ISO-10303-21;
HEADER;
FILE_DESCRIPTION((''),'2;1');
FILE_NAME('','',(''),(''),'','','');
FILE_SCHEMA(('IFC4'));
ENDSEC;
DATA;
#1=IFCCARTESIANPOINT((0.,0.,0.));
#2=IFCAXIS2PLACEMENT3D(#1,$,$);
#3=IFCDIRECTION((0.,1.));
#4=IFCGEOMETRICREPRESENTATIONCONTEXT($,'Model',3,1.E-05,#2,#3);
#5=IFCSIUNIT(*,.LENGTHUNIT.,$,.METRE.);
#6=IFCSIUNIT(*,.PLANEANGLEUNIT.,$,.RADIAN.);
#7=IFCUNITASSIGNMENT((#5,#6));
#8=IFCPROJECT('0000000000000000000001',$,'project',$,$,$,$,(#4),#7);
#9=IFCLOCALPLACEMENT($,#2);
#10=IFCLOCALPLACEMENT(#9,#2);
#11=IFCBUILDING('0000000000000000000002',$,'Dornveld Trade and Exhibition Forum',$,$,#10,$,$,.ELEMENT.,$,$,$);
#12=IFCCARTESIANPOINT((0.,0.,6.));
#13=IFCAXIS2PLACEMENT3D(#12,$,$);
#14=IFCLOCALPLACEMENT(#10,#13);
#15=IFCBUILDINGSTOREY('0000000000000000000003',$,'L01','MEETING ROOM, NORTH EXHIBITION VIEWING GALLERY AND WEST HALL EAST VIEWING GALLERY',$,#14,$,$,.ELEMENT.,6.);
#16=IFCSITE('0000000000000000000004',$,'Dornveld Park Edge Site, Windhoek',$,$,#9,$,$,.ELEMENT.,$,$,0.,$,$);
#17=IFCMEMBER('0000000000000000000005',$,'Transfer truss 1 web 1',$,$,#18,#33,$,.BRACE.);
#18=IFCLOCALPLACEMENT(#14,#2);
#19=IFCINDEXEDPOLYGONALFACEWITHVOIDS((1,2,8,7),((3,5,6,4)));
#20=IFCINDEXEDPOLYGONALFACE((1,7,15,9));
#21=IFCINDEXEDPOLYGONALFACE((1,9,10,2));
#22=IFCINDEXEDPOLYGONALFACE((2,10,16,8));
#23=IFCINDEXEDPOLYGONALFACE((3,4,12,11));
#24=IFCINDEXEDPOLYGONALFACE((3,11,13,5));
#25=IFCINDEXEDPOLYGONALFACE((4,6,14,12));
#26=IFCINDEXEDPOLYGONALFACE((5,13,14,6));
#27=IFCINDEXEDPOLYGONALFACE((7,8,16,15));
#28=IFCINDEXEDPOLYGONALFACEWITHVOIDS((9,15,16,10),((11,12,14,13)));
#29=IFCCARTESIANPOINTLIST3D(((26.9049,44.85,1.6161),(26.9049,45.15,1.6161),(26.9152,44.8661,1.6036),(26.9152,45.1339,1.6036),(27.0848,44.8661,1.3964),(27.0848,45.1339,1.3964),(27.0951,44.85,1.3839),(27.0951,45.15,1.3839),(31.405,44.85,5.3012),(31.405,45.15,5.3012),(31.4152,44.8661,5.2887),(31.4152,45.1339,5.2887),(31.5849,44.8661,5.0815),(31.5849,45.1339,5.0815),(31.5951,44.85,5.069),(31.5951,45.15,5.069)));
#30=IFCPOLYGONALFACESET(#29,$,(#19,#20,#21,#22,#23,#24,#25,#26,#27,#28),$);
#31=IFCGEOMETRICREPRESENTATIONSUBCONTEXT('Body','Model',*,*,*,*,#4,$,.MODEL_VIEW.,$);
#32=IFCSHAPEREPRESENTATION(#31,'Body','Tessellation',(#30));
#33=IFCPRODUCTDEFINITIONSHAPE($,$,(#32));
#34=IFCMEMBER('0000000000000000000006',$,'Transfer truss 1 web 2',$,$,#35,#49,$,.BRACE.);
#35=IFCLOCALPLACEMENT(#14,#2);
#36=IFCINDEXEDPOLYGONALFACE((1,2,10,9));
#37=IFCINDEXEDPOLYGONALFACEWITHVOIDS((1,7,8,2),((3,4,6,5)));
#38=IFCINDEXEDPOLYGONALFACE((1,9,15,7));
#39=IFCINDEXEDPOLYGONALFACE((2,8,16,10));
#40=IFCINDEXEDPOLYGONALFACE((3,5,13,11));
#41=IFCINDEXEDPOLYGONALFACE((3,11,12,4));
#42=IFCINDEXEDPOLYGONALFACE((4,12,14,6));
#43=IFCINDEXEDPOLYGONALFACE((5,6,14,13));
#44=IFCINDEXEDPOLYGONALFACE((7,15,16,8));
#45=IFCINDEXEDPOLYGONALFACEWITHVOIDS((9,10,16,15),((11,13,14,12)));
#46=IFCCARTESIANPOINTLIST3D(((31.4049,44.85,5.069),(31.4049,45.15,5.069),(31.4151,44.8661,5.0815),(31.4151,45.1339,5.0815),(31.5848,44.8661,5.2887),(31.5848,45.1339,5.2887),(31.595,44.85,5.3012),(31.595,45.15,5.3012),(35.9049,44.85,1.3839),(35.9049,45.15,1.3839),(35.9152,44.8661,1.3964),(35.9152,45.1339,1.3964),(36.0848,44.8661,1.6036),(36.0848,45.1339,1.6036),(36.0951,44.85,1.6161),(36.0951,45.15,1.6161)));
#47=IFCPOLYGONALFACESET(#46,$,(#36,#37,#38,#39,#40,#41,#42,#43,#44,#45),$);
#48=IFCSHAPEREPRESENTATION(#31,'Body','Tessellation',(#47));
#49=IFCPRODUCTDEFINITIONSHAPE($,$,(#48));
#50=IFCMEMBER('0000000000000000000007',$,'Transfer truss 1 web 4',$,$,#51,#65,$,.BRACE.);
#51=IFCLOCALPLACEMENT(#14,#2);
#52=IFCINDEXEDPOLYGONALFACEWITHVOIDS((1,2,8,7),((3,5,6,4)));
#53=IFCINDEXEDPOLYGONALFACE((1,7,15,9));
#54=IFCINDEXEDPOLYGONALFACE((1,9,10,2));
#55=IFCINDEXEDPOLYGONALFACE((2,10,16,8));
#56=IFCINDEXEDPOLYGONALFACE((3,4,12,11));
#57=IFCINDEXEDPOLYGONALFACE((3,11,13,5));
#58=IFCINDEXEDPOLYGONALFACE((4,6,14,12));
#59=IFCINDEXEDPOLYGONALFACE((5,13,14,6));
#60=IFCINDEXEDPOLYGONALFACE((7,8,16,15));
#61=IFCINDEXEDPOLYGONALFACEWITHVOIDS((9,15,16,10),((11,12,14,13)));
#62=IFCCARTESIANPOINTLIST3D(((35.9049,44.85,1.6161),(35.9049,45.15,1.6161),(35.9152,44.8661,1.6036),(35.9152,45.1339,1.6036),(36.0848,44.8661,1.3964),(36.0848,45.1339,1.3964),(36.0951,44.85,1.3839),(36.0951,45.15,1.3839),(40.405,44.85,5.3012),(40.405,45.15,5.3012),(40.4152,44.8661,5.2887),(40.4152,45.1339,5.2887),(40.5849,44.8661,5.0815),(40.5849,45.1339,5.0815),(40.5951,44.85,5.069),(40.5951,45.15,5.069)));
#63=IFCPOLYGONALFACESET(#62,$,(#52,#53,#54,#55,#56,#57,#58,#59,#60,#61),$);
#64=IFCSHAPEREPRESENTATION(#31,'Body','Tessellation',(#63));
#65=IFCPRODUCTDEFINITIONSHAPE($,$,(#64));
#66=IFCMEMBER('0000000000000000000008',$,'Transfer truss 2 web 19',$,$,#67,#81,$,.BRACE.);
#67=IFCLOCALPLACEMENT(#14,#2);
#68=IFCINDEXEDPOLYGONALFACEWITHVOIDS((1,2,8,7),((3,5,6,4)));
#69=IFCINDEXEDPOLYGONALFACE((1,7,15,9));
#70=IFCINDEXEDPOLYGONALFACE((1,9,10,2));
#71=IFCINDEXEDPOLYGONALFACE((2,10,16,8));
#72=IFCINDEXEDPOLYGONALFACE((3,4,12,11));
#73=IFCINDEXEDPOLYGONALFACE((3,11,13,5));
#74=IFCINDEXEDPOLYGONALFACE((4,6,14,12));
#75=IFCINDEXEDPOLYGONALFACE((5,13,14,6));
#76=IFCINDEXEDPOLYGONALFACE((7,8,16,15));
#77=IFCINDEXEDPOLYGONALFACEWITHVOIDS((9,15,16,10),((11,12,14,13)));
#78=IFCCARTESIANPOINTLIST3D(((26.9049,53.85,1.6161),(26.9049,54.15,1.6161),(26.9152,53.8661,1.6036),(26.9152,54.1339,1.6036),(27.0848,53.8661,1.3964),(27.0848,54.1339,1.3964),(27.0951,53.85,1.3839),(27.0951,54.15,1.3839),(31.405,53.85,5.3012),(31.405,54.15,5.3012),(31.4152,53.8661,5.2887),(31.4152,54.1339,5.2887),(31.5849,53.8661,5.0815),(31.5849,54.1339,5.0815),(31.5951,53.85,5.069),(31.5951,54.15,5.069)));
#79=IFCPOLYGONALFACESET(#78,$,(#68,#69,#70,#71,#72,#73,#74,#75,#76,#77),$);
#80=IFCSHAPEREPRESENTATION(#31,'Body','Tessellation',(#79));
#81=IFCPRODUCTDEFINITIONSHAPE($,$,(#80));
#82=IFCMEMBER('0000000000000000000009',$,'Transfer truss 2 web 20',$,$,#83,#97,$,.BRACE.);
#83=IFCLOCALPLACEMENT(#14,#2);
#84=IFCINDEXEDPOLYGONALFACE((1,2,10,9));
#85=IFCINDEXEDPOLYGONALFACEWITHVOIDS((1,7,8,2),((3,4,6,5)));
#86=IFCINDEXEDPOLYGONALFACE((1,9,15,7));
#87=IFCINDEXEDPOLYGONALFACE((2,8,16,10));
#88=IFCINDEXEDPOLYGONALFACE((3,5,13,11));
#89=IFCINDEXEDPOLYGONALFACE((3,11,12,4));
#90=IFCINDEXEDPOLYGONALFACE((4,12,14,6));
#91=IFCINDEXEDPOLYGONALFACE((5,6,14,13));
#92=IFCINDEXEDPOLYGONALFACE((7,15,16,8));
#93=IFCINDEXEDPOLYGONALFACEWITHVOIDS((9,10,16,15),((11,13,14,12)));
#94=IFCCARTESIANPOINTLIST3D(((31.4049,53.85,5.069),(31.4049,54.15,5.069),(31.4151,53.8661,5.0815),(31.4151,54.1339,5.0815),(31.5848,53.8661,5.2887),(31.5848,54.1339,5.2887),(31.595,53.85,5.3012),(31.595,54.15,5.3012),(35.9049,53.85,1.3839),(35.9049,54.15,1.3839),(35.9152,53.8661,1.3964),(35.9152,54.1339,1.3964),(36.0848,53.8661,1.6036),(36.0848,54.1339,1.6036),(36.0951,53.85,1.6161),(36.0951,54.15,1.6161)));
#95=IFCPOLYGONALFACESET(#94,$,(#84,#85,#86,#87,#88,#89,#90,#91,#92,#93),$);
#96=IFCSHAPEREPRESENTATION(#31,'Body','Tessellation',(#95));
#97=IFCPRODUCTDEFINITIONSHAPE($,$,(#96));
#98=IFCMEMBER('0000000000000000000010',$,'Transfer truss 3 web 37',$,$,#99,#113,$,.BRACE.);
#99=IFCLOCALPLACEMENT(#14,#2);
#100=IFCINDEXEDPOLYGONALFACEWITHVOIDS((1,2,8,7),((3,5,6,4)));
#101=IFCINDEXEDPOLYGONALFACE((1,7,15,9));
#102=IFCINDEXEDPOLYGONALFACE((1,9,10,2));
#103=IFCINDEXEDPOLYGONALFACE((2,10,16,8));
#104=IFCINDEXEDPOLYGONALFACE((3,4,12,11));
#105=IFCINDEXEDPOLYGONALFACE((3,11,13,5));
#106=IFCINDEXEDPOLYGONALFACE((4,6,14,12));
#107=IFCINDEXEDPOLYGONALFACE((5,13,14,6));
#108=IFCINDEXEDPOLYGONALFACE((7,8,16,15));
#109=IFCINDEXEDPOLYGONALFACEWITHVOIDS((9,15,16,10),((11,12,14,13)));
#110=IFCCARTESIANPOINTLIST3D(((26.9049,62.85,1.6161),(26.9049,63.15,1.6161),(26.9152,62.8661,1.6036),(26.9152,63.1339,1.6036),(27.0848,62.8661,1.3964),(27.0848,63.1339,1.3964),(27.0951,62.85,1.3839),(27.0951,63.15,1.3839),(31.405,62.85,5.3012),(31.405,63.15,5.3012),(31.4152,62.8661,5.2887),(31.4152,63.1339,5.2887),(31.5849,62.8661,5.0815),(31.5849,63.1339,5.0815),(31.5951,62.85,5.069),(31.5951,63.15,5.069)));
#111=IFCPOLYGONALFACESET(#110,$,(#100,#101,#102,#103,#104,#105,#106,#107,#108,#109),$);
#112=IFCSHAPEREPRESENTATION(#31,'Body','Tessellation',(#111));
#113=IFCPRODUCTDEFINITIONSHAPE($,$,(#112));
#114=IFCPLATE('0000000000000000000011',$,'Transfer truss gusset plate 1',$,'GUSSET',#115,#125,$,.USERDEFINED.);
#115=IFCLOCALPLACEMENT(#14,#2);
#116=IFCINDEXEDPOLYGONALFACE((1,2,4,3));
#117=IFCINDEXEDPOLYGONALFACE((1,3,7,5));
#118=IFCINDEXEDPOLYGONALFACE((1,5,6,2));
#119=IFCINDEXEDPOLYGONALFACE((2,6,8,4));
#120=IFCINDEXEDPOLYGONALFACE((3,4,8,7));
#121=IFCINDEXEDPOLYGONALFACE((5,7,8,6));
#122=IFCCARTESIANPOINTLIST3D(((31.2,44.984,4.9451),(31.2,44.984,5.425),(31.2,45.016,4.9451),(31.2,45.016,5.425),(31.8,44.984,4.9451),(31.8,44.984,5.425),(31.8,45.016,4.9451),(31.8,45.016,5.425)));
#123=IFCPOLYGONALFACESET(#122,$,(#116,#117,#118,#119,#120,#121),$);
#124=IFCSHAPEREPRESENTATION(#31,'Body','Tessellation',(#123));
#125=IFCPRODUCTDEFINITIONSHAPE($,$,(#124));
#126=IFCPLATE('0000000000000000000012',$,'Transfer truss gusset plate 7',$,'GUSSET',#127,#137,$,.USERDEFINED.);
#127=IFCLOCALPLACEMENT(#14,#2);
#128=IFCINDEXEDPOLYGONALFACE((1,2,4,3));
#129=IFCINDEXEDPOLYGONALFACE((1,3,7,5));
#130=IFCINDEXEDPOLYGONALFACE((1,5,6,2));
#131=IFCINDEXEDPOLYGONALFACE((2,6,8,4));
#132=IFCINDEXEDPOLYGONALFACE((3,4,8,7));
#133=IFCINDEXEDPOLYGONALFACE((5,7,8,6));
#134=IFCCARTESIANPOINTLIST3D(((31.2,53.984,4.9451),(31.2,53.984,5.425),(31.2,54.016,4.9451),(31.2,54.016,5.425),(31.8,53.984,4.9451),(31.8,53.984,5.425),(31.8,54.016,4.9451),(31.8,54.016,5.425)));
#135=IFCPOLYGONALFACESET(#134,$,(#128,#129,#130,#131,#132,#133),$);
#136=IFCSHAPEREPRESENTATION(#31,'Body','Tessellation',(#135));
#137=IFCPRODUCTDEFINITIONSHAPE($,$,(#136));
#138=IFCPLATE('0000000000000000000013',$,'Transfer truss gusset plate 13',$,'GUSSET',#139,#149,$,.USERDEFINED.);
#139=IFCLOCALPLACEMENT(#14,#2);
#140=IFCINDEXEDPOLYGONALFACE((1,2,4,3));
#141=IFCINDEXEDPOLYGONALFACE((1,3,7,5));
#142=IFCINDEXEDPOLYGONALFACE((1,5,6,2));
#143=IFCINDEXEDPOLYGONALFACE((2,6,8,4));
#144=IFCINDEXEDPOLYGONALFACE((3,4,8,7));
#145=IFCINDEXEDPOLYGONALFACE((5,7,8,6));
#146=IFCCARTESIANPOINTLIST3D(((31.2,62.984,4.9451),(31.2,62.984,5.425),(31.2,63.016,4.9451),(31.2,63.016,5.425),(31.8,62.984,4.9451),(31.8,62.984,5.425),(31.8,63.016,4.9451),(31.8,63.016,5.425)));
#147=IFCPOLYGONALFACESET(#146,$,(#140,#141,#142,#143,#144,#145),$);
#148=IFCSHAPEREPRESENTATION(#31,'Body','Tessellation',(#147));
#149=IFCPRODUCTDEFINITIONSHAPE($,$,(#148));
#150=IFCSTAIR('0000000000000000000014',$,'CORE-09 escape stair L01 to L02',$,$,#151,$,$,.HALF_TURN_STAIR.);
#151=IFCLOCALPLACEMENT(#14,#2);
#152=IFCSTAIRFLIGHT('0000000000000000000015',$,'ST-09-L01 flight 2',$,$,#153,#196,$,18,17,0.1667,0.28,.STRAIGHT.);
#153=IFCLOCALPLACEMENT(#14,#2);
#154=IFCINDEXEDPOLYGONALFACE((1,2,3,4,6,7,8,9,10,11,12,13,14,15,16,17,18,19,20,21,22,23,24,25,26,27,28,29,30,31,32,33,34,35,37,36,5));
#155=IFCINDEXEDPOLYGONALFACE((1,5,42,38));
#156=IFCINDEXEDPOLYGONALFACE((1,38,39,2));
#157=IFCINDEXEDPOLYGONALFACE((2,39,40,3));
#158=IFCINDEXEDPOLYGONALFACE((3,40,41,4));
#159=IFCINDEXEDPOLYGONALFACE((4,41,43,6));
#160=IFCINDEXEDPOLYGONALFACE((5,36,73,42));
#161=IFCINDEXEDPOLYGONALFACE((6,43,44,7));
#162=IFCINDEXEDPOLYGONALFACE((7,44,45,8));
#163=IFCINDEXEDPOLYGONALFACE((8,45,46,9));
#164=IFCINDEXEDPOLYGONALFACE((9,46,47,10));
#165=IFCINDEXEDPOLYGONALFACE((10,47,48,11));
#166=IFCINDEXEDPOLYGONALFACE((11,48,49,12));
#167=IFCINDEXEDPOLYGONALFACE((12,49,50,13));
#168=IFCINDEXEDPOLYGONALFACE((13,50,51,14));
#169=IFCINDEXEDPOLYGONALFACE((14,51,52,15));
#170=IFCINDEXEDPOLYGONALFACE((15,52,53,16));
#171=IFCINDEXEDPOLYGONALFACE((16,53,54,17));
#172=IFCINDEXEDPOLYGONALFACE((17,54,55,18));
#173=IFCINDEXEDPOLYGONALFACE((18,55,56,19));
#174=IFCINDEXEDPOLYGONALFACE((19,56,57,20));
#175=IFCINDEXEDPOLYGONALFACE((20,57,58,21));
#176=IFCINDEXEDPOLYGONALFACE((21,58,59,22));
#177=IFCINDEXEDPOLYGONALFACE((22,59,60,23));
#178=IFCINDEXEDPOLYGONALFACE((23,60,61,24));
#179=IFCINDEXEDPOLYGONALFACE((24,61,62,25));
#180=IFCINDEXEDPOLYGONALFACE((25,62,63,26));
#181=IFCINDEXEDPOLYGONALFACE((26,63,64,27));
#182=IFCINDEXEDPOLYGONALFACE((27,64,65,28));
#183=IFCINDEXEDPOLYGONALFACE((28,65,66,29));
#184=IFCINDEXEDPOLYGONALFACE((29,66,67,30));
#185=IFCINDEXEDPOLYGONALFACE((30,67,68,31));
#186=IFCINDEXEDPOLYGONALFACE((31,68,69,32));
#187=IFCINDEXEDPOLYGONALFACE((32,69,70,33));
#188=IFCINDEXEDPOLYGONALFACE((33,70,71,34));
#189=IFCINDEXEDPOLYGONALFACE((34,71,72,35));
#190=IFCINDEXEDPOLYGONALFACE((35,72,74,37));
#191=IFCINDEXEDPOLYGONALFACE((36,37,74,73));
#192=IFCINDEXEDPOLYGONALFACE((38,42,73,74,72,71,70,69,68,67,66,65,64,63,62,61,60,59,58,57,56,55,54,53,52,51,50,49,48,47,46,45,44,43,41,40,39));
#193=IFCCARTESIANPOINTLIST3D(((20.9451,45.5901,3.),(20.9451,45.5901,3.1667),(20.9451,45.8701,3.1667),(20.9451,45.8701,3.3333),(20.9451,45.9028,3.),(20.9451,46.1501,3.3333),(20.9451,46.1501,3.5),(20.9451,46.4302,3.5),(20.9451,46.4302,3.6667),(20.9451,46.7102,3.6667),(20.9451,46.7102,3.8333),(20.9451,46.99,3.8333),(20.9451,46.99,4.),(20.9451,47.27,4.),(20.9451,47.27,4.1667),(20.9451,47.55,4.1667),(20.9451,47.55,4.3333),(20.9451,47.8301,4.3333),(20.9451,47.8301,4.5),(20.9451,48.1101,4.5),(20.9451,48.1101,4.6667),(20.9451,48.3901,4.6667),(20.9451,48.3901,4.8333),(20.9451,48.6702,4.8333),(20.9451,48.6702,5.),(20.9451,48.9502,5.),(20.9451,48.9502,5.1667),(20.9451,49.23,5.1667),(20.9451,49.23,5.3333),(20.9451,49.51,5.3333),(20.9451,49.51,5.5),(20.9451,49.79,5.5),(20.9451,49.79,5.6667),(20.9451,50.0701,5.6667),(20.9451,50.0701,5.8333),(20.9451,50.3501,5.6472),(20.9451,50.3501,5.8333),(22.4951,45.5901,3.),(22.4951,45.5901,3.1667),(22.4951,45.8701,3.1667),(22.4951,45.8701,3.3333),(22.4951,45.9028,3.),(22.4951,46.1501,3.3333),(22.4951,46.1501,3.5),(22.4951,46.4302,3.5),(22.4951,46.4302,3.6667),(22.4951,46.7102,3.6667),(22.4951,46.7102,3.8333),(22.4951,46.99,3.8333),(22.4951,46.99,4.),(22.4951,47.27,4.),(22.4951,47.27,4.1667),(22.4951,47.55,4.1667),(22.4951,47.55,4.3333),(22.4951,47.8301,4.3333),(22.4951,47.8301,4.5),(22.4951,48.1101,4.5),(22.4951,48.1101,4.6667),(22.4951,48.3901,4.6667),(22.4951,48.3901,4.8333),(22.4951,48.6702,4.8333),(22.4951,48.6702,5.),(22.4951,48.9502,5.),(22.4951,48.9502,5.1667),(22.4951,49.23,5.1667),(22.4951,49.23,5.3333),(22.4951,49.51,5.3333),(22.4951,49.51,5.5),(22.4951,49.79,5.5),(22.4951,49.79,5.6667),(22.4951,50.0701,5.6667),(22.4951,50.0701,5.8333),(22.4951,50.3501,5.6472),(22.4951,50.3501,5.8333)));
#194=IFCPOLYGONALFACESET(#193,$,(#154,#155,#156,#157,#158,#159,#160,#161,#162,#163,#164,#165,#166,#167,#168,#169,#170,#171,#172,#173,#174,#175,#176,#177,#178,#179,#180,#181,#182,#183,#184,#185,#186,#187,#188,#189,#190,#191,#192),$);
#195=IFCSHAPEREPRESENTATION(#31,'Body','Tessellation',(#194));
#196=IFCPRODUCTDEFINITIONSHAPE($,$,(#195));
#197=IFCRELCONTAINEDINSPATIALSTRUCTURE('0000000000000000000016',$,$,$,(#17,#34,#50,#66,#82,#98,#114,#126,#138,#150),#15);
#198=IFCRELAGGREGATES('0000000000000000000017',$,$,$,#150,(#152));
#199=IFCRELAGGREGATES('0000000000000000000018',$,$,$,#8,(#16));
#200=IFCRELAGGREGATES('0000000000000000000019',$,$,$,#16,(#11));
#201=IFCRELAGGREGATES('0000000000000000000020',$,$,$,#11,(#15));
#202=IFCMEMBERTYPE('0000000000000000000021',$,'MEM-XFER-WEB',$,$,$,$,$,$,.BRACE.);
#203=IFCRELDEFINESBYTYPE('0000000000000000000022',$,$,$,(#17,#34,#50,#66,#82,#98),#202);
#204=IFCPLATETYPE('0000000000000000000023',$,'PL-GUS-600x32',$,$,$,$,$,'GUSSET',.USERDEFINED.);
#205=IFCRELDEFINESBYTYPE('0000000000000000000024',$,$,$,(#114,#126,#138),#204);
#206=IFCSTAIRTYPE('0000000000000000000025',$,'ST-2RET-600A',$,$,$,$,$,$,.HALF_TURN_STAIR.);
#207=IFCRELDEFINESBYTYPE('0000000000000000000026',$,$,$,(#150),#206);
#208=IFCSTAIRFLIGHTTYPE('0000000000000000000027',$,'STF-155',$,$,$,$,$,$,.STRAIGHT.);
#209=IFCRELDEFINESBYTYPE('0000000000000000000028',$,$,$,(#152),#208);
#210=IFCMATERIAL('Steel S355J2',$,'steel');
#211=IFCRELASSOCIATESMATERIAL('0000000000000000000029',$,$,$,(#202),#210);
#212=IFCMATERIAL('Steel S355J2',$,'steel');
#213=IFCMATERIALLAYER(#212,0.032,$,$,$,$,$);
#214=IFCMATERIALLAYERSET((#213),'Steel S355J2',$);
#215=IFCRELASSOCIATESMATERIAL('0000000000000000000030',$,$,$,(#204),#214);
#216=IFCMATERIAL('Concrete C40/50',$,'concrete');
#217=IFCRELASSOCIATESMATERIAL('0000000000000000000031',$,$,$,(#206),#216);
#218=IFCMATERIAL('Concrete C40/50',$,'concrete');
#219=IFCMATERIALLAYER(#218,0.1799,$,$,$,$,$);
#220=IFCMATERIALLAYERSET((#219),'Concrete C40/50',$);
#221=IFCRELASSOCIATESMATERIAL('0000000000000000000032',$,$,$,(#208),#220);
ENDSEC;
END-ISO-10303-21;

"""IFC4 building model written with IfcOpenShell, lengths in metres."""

from ifc_helpers import new_model, si_unit, direction, frame, origin, origin_2d, place, context, subcontext, project, spatial, polyline, rectangle, hollow_rectangle, outline, extrude, material, layer, layer_set, material_profile, profile_set, type_object, element, aggregate, save


model = new_model("IFC4")

# Units and contexts
model_context = context("Model", 3, precision=1e-05, world=origin(), true_north=direction((0.0, 1.0)))
body_context = subcontext(model_context, "Body", "Model", "MODEL_VIEW")
ifc_project = project(units=[si_unit("LENGTHUNIT", "METRE"), si_unit("PLANEANGLEUNIT", "RADIAN")], contexts=[model_context])

# Site, building, storey
site_placement = place(None, origin())
site = spatial("IfcSite", under=ifc_project, at=site_placement, Name="Dornveld Park Edge Site, Windhoek", CompositionType="ELEMENT", RefElevation=0.0)
building_placement = place(site_placement, origin())
building = spatial("IfcBuilding", under=site, at=building_placement, Name="Dornveld Trade and Exhibition Forum", CompositionType="ELEMENT")
storey_placement = place(building_placement, frame((0.0, 0.0, 6.0)))
storey = spatial("IfcBuildingStorey", under=building, at=storey_placement, Name="L01", Description="MEETING ROOM, NORTH EXHIBITION VIEWING GALLERY AND WEST HALL EAST VIEWING GALLERY", CompositionType="ELEMENT", Elevation=6.0)

# Members
ifc_material_1 = material(Name="Steel S355J2", Category="steel")
ifc_material_profile_1 = material_profile(ifc_material_1, hollow_rectangle(XDim=0.3, YDim=0.3, WallThickness=0.0161, at=origin_2d()), Name="SHS 300x300x16")
ifc_profile_set_1 = profile_set([ifc_material_profile_1], Name="Steel S355J2")
member_type_1 = type_object("IfcMemberType", Name="MEM-XFER-WEB", PredefinedType="BRACE", material=ifc_profile_set_1)
for number, where, z_axis, x_axis, name in (
    (1, (27.0, 45.0, 1.5), (0.773684, 0.0, 0.633571), (0.0, 1.0, 0.0), "Transfer truss 1 web 1"),
    (2, (36.0, 45.0, 1.5), (-0.773684, 0.0, 0.633571), (0.0, -1.0, 0.0), "Transfer truss 1 web 2"),
    (3, (36.0, 45.0, 1.5), (0.773684, 0.0, 0.633571), (0.0, 1.0, 0.0), "Transfer truss 1 web 4"),
    (4, (27.0, 54.0, 1.5), (0.773684, 0.0, 0.633571), (0.0, 1.0, 0.0), "Transfer truss 2 web 19"),
    (5, (36.0, 54.0, 1.5), (-0.773684, 0.0, 0.633571), (0.0, -1.0, 0.0), "Transfer truss 2 web 20"),
    (6, (27.0, 63.0, 1.5), (0.773684, 0.0, 0.633571), (0.0, 1.0, 0.0), "Transfer truss 3 web 37"),
):
    element("IfcMember", number, at=place(storey_placement, frame(where, z_axis=z_axis, x_axis=x_axis)), inside=storey, type_object=member_type_1, Name=name, PredefinedType="BRACE", context=body_context, shape_type="SweptSolid", body=[
        extrude(hollow_rectangle(XDim=0.3, YDim=0.3, WallThickness=0.0161, at=origin_2d()), origin(), (0.0, 0.0, 1.0), 5.8164),
    ])

# Plates
ifc_material_2 = material(Name="Steel S355J2", Category="steel")
ifc_layer_1 = layer(ifc_material_2, 0.032)
ifc_layer_set_1 = layer_set([ifc_layer_1], Name="Steel S355J2")
plate_type = type_object("IfcPlateType", Name="PL-GUS-600x32", ElementType="GUSSET", PredefinedType="USERDEFINED", material=ifc_layer_set_1)
for number, where, z_axis, x_axis, name in (
    (7, (31.5, 45.0, 4.9451), (0.0, 0.0, 1.0), (1.0, 0.0, 0.0), "Transfer truss gusset plate 1"),
    (8, (31.5, 54.0, 4.9451), (0.0, 0.0, 1.0), (1.0, 0.0, 0.0), "Transfer truss gusset plate 7"),
    (9, (31.5, 63.0, 4.9451), (0.0, 0.0, 1.0), (1.0, 0.0, 0.0), "Transfer truss gusset plate 13"),
):
    element("IfcPlate", number, at=place(storey_placement, frame(where, z_axis=z_axis, x_axis=x_axis)), inside=storey, type_object=plate_type, Name=name, ObjectType="GUSSET", PredefinedType="USERDEFINED", context=body_context, shape_type="SweptSolid", body=[
        extrude(rectangle(XDim=0.6001, YDim=0.032, at=origin_2d()), origin(), (0.0, 0.0, 1.0), 0.48),
    ])

# Stair, stair flight
ifc_material_3 = material(Name="Concrete C40/50", Category="concrete")
stair_type = type_object("IfcStairType", Name="ST-2RET-600A", PredefinedType="HALF_TURN_STAIR", material=ifc_material_3)
stair_placement = place(storey_placement, origin())
stair = element("IfcStair", 10, at=stair_placement, inside=storey, type_object=stair_type, Name="CORE-09 escape stair L01 to L02", PredefinedType="HALF_TURN_STAIR")
ifc_material_4 = material(Name="Concrete C40/50", Category="concrete")
ifc_layer_2 = layer(ifc_material_4, 0.1799)
ifc_layer_set_2 = layer_set([ifc_layer_2], Name="Concrete C40/50")
stair_flight_type = type_object("IfcStairFlightType", Name="STF-155", PredefinedType="STRAIGHT", material=ifc_layer_set_2)
stair_flight_placement = place(storey_placement, frame((21.72, 45.5901, 3.0), z_axis=(0.0, 0.0, 1.0), x_axis=(0.0, 1.0, 0.0)))
stair_flight = element("IfcStairFlight", 11, at=stair_flight_placement, type_object=stair_flight_type, Name="ST-09-L01 flight 2", NumberOfRisers=18, NumberOfTreads=17, PredefinedType="STRAIGHT", RiserHeight=0.1667, TreadLength=0.28, context=body_context, shape_type="SweptSolid", body=[
    extrude(outline(polyline([(0.0, 0.0), (0.0, 0.1667), (0.28, 0.1667), (0.28, 0.3333), (0.5601, 0.3333), (0.5601, 0.5), (0.8401, 0.5), (0.8401, 0.6667), (1.1201, 0.6667), (1.1201, 0.8333), (1.3999, 0.8333), (1.3999, 1.0), (1.6799, 1.0), (1.6799, 1.1667), (1.96, 1.1667), (1.96, 1.3333), (2.24, 1.3333), (2.24, 1.5), (2.52, 1.5), (2.52, 1.6667), (2.8, 1.6667), (2.8, 1.8333), (3.0801, 1.8333), (3.0801, 2.0), (3.3601, 2.0), (3.3601, 2.1667), (3.6399, 2.1667), (3.6399, 2.3333), (3.9199, 2.3333), (3.9199, 2.5), (4.2, 2.5), (4.2, 2.6667), (4.48, 2.6667), (4.48, 2.8333), (4.76, 2.8333), (4.76, 3.0), (4.76, 2.6472), (0.3127, 0.0), (0.0, 0.0)])), frame((0.0, 0.7749, 0.0), z_axis=(0.0, -1.0, 0.0), x_axis=(1.0, 0.0, 0.0)), (0.0, 0.0, 1.0), 1.55),
])
aggregate(stair, [stair_flight])

save(model, "model.ifc")
